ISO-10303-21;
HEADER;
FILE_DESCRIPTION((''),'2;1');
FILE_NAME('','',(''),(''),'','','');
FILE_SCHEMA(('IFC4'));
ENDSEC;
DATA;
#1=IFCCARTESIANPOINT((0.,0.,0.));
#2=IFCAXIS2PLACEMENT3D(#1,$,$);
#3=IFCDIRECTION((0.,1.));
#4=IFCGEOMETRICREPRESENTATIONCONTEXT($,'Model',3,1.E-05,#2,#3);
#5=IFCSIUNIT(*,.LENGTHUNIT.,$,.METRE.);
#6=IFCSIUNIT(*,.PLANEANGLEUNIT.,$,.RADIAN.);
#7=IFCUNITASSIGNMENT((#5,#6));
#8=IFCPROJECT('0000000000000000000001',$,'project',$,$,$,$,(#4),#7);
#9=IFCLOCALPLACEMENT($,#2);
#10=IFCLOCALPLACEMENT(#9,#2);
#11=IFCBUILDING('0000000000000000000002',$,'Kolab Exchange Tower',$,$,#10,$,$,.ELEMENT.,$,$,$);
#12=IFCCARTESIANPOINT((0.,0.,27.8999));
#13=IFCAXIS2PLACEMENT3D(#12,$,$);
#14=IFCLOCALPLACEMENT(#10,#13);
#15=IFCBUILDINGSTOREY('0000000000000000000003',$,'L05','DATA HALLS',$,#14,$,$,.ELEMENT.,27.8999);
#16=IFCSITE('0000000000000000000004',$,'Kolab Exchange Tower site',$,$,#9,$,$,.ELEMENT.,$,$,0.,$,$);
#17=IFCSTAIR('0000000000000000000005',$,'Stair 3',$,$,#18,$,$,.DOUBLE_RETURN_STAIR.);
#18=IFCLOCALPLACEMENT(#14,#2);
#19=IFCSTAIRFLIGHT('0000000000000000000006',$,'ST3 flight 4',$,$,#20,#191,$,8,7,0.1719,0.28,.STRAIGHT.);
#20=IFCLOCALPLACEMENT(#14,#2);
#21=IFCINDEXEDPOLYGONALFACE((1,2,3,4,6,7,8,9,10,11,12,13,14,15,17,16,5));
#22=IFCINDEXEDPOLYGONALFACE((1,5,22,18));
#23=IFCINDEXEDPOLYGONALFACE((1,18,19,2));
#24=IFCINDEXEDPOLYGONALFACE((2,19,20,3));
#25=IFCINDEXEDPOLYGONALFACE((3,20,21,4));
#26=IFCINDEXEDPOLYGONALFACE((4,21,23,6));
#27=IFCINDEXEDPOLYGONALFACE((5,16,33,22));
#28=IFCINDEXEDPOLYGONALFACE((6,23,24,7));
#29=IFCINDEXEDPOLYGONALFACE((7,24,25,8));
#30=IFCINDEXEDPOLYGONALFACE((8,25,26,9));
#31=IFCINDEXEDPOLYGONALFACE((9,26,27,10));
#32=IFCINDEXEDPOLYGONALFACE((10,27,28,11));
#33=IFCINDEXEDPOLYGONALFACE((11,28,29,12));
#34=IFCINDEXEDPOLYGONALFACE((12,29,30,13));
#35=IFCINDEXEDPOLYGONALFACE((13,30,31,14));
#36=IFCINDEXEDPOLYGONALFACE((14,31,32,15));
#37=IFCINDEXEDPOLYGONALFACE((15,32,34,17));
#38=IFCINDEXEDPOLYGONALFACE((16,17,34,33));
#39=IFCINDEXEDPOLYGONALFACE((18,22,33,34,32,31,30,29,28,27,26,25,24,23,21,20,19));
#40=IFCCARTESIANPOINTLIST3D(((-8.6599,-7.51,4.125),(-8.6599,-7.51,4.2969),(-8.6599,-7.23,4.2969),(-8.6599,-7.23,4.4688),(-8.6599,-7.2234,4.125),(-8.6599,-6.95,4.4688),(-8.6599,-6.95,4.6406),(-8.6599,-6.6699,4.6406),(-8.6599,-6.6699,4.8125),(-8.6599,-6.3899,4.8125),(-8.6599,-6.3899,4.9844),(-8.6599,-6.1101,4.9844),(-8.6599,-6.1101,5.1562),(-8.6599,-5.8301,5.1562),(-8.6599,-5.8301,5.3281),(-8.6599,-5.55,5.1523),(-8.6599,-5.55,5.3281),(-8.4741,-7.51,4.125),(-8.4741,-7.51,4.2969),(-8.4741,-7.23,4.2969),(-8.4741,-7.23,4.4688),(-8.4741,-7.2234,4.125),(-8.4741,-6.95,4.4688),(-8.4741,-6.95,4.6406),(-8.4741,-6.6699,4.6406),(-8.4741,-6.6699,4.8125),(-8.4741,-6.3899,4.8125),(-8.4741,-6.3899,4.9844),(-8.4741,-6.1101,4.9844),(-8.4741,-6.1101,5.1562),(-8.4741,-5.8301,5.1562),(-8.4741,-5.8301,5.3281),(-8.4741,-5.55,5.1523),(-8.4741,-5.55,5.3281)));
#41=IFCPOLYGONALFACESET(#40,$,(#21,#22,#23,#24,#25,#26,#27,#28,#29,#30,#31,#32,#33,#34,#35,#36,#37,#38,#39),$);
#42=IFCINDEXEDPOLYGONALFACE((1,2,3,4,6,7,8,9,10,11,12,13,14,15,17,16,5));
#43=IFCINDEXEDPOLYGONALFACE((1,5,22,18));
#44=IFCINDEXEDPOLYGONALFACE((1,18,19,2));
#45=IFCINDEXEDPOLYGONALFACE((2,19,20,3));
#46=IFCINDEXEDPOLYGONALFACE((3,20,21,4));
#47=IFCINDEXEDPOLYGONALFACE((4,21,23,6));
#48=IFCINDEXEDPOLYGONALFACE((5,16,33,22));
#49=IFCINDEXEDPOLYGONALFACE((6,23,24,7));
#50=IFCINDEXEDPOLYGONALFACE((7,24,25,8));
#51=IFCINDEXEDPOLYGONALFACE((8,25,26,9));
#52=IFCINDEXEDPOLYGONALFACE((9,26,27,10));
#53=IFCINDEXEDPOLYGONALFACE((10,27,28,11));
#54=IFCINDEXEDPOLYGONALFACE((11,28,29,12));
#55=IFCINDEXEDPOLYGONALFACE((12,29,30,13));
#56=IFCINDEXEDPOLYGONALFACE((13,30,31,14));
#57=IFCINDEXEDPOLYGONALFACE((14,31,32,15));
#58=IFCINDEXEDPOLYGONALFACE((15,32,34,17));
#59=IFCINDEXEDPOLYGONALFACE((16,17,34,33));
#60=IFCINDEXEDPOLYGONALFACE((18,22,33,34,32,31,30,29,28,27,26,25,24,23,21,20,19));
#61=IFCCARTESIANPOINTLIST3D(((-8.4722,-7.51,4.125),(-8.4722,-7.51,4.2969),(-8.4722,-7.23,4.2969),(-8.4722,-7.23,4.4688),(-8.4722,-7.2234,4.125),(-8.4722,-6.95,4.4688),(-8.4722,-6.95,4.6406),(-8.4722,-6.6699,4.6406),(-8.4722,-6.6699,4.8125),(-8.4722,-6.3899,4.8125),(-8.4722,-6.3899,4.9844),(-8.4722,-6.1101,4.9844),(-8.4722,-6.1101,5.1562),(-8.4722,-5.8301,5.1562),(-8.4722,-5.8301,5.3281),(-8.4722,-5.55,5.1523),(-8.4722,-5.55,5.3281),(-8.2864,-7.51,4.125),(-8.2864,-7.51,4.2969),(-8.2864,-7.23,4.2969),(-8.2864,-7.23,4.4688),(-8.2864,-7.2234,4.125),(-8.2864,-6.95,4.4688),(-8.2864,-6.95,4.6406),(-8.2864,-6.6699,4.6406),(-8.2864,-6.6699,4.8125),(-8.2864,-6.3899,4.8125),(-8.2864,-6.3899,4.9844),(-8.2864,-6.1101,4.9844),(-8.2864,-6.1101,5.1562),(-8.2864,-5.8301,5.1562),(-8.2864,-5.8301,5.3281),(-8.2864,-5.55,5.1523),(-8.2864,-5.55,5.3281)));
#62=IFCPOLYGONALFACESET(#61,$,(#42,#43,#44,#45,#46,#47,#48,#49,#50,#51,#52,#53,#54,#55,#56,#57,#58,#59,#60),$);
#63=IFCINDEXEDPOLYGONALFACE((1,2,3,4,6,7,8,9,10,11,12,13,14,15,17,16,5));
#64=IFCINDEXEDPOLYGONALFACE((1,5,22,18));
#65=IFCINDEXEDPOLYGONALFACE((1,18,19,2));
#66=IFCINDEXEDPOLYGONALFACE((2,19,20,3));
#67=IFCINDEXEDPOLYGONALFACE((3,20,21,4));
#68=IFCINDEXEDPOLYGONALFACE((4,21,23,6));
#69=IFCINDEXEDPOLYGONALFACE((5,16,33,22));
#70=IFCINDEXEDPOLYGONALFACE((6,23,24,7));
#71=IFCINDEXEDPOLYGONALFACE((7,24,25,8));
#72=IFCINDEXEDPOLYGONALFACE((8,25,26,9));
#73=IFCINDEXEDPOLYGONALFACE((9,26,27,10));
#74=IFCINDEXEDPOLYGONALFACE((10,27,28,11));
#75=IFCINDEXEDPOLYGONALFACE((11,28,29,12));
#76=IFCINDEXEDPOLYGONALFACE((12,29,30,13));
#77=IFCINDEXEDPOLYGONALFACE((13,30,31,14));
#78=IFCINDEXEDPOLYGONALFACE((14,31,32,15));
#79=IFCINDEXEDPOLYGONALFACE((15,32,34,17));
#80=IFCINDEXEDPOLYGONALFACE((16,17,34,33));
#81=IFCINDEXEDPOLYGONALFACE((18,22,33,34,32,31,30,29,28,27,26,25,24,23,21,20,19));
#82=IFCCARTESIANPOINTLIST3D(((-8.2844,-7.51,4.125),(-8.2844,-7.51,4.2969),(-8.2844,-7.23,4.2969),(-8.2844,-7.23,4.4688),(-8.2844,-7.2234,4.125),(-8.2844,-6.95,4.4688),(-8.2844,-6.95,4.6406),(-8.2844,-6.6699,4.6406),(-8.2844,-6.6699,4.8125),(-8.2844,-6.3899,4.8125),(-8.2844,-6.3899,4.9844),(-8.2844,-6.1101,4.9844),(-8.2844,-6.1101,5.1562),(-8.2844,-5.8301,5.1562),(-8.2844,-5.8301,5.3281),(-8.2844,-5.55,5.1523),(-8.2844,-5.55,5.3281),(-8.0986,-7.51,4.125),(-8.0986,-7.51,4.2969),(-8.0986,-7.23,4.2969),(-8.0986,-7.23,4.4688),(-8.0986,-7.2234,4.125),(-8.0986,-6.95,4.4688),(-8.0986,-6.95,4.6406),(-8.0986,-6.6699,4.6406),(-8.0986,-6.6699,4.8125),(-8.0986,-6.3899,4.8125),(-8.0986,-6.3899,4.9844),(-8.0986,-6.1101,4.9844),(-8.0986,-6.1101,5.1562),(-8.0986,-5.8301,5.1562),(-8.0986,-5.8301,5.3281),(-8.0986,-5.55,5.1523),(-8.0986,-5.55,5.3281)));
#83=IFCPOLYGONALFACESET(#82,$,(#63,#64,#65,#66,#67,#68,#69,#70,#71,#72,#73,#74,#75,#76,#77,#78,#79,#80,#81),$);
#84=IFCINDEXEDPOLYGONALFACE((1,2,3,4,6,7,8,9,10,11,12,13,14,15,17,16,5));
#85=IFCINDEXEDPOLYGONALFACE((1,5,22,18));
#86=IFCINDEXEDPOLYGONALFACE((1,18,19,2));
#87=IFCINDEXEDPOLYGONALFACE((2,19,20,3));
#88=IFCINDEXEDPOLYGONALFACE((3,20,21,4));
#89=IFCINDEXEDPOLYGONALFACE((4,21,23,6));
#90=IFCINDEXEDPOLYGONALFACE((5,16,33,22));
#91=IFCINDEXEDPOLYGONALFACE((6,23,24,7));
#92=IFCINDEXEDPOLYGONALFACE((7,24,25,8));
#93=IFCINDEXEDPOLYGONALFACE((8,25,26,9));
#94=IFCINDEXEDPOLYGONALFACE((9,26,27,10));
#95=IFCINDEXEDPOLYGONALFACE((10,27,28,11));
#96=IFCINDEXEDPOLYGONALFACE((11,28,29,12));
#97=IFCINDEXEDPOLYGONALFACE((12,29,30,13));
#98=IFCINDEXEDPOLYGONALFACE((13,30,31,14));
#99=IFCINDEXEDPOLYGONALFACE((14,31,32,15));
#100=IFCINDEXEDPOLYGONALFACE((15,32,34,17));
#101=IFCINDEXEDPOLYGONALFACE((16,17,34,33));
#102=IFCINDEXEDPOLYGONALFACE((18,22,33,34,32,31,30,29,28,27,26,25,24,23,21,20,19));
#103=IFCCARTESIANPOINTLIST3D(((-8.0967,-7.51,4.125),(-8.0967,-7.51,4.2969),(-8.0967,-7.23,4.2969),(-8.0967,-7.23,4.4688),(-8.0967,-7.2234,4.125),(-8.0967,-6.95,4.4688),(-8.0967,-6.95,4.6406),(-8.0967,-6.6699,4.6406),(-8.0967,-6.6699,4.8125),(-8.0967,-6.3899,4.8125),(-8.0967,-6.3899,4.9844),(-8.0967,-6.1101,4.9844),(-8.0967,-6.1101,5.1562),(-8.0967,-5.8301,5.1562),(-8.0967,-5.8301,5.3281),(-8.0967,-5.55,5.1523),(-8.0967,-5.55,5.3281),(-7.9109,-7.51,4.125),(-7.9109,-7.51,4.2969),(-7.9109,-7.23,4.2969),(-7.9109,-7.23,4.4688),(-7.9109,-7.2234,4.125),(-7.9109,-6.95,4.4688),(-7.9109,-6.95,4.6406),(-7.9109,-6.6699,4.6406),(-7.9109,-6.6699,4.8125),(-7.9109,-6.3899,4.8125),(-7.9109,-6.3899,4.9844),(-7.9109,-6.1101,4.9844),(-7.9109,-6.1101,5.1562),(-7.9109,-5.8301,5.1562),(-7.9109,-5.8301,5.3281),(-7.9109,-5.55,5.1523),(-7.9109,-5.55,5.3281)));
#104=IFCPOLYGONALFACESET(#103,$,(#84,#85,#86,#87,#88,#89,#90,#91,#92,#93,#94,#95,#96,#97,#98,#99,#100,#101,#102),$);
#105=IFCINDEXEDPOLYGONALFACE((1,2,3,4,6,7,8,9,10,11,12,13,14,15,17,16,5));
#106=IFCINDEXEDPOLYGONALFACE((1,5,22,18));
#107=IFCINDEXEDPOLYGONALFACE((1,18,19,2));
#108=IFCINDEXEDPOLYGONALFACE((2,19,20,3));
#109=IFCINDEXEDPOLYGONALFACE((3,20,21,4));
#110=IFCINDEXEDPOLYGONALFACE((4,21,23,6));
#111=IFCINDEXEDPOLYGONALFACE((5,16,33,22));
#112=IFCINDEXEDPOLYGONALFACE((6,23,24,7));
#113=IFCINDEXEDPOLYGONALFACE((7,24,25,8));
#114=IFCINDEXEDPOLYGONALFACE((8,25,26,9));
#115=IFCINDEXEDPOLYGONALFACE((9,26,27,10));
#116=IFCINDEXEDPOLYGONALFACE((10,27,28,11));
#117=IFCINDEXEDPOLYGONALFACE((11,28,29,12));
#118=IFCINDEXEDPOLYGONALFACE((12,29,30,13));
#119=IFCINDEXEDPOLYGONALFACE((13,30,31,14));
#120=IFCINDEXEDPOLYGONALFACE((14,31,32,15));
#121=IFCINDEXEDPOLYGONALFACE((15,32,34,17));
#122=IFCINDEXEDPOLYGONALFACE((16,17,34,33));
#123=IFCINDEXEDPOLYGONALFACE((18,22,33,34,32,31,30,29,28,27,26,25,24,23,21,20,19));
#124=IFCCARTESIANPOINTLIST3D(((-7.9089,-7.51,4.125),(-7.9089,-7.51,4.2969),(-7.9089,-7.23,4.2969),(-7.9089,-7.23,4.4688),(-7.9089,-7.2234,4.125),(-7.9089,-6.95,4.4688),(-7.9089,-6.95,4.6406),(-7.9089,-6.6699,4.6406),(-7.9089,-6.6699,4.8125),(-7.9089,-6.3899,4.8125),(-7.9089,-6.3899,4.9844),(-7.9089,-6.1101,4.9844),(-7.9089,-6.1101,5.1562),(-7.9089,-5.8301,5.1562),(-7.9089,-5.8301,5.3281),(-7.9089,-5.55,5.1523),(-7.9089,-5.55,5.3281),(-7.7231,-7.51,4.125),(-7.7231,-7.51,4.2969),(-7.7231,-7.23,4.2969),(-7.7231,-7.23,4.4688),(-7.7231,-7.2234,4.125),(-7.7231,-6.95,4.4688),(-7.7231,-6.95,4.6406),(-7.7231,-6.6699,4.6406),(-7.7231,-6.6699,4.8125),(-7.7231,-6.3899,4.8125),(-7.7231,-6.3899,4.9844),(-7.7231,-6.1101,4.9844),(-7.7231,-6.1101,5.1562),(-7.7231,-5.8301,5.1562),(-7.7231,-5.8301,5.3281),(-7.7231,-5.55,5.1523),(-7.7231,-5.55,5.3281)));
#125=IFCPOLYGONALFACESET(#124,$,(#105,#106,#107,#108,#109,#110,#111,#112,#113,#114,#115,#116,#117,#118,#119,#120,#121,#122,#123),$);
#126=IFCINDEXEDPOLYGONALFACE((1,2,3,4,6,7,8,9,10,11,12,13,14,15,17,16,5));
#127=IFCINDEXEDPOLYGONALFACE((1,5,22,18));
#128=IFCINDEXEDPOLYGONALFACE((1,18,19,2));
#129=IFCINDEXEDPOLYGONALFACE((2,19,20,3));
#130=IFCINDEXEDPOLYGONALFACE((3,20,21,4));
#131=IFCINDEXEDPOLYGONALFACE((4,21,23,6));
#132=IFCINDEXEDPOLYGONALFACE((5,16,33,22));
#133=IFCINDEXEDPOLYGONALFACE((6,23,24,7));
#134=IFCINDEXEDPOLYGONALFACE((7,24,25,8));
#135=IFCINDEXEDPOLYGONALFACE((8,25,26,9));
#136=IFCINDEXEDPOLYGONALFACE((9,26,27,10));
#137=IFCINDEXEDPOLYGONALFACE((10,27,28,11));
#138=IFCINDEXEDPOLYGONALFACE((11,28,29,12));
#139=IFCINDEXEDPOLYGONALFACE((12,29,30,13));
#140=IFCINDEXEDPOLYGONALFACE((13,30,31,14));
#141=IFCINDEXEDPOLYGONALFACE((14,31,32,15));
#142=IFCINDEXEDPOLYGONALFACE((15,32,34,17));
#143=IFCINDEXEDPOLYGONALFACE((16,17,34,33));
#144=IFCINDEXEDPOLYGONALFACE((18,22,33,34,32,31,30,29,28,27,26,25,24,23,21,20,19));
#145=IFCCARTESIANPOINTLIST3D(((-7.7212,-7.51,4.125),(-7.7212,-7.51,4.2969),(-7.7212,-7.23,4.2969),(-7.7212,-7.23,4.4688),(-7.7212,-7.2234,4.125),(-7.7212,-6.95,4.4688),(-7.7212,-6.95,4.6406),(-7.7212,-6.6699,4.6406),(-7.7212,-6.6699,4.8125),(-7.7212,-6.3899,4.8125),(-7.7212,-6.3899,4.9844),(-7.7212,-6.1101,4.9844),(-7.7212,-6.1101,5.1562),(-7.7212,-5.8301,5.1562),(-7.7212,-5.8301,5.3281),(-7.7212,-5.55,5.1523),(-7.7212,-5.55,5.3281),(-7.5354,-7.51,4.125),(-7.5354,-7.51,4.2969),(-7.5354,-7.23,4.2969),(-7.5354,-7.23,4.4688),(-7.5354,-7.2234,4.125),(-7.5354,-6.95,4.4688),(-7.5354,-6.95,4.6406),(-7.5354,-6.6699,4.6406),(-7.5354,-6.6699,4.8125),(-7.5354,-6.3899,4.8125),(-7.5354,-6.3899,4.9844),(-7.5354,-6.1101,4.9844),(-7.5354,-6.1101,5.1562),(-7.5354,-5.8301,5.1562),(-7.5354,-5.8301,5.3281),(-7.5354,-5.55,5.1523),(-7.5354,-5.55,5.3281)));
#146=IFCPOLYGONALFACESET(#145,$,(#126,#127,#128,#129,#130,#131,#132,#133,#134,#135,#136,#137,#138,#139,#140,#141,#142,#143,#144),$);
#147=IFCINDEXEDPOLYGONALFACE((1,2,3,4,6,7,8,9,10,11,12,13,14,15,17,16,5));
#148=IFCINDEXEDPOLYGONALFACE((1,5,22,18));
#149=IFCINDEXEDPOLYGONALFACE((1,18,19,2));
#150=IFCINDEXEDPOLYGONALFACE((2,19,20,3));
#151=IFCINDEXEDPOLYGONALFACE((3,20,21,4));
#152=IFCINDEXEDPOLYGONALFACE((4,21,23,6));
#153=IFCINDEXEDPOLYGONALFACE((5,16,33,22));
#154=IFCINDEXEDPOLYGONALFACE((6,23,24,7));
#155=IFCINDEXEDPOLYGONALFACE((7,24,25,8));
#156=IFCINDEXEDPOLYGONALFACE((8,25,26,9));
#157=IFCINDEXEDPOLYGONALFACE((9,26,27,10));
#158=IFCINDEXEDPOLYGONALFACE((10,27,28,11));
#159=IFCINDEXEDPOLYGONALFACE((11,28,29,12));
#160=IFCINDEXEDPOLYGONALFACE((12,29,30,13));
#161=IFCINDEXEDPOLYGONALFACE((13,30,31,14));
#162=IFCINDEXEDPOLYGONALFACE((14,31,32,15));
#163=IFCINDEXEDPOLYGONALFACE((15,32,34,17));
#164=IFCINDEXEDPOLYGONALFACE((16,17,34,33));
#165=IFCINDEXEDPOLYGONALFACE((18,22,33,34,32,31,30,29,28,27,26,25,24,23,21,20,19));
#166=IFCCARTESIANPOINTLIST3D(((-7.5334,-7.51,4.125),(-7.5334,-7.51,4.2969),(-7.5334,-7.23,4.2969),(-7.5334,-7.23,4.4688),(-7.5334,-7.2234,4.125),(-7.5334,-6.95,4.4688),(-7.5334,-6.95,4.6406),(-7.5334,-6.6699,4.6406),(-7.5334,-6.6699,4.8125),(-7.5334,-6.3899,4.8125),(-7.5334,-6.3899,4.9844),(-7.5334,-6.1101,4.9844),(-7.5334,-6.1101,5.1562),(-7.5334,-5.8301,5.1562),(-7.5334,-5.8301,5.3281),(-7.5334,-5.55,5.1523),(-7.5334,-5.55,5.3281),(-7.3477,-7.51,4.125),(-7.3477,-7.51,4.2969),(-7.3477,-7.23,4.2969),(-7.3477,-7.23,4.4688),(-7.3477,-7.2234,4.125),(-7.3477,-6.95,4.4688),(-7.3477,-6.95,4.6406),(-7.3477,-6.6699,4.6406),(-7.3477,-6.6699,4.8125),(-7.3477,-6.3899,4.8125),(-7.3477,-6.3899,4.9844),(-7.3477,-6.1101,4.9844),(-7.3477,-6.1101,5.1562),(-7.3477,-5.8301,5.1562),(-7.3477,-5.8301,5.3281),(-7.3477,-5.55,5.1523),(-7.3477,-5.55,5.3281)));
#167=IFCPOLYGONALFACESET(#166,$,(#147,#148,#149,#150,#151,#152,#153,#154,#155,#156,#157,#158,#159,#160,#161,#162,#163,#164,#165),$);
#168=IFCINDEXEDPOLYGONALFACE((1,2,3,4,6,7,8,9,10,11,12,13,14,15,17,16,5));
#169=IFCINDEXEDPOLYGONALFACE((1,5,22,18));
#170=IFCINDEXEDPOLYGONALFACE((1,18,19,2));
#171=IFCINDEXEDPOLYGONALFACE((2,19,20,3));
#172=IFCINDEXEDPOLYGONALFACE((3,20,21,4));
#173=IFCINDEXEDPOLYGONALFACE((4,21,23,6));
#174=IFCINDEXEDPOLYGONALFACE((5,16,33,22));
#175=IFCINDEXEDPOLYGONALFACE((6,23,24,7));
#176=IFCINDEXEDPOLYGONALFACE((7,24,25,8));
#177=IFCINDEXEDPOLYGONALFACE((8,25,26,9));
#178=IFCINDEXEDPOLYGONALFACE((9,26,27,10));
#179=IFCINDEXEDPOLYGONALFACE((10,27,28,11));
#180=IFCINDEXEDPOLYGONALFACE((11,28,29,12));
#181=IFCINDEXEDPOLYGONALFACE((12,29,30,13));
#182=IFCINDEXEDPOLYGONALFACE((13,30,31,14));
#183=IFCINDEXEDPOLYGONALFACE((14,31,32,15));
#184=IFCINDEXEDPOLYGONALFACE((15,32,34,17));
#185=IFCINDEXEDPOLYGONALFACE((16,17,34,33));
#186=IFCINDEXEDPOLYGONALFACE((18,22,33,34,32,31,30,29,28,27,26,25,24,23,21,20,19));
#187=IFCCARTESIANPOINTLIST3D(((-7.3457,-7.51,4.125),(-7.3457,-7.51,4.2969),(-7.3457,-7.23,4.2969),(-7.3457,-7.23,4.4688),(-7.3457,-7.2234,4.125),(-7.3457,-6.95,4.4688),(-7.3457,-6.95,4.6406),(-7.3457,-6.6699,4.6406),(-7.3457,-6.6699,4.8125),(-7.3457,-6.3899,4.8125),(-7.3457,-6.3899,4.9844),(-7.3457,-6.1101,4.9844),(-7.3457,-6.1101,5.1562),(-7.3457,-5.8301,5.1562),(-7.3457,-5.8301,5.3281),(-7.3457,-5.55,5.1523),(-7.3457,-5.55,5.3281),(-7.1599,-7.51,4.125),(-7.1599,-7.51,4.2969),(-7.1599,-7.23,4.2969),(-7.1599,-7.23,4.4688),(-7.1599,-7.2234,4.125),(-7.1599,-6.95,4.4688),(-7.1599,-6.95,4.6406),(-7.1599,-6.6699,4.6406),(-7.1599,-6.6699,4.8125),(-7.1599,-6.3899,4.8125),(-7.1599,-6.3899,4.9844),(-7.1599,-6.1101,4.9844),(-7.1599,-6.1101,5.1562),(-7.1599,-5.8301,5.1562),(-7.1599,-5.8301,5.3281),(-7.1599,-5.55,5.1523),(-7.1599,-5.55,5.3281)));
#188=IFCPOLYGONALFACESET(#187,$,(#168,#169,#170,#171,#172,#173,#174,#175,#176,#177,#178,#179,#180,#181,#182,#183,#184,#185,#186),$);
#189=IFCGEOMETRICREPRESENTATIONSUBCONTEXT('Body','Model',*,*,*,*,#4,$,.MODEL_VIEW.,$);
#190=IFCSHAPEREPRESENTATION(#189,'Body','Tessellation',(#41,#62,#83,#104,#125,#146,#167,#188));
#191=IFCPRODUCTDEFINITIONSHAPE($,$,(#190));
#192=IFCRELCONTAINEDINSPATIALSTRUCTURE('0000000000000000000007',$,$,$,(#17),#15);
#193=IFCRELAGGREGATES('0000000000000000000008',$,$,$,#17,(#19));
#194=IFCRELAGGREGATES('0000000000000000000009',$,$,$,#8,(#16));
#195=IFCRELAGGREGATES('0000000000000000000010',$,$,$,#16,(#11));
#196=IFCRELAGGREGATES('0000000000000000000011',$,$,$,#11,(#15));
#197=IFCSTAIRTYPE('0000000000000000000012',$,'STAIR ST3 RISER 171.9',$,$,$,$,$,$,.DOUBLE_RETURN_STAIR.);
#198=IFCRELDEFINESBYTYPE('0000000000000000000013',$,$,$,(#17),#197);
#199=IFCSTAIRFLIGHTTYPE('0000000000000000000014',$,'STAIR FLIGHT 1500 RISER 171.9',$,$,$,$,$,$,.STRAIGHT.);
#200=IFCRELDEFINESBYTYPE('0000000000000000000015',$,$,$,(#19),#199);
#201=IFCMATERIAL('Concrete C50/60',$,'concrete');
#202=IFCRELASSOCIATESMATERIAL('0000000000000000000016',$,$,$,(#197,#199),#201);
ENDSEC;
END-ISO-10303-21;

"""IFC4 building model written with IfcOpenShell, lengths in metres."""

from ifc_helpers import new_model, si_unit, direction, frame, origin, place, context, subcontext, project, spatial, polyline, outline, extrude, material, type_object, element, aggregate, save


model = new_model("IFC4")

# Units and contexts
model_context = context("Model", 3, precision=1e-05, world=origin(), true_north=direction((0.0, 1.0)))
body_context = subcontext(model_context, "Body", "Model", "MODEL_VIEW")
ifc_project = project(units=[si_unit("LENGTHUNIT", "METRE"), si_unit("PLANEANGLEUNIT", "RADIAN")], contexts=[model_context])

# Site, building, storey
site_placement = place(None, origin())
site = spatial("IfcSite", under=ifc_project, at=site_placement, Name="Kolab Exchange Tower site", CompositionType="ELEMENT", RefElevation=0.0)
building_placement = place(site_placement, origin())
building = spatial("IfcBuilding", under=site, at=building_placement, Name="Kolab Exchange Tower", CompositionType="ELEMENT")
storey_placement = place(building_placement, frame((0.0, 0.0, 27.8999)))
storey = spatial("IfcBuildingStorey", under=building, at=storey_placement, Name="L05", Description="DATA HALLS", CompositionType="ELEMENT", Elevation=27.8999)

# Shared definitions
ifc_material_1 = material(Name="Concrete C50/60", Category="concrete")

# Stair, stair flight
stair_type = type_object("IfcStairType", Name="STAIR ST3 RISER 171.9", PredefinedType="DOUBLE_RETURN_STAIR", material=ifc_material_1)
stair_placement = place(storey_placement, origin())
stair = element("IfcStair", 1, at=stair_placement, inside=storey, type_object=stair_type, Name="Stair 3", PredefinedType="DOUBLE_RETURN_STAIR")
stair_flight_type = type_object("IfcStairFlightType", Name="STAIR FLIGHT 1500 RISER 171.9", PredefinedType="STRAIGHT", material=ifc_material_1)
stair_flight_1_placement = place(storey_placement, frame((-7.9099, -7.51, 4.125), z_axis=(0.0, 0.0, 1.0), x_axis=(0.0, 1.0, 0.0)))
stair_flight_1 = element("IfcStairFlight", 2, at=stair_flight_1_placement, type_object=stair_flight_type, Name="ST3 flight 4", NumberOfRisers=8, NumberOfTreads=7, PredefinedType="STRAIGHT", RiserHeight=0.1719, TreadLength=0.28, context=body_context, shape_type="SweptSolid", body=[
    extrude(outline(polyline([(0.0, 0.0), (0.0, 0.1719), (0.28, 0.1719), (0.28, 0.3438), (0.5601, 0.3438), (0.5601, 0.5156), (0.8401, 0.5156), (0.8401, 0.6875), (1.1201, 0.6875), (1.1201, 0.8594), (1.3999, 0.8594), (1.3999, 1.0312), (1.6799, 1.0312), (1.6799, 1.2031), (1.96, 1.2031), (1.96, 1.375), (1.96, 1.0273), (0.2866, 0.0), (0.0, 0.0)])), frame((0.0, 0.75, 0.0), z_axis=(0.0, -1.0, 0.0), x_axis=(1.0, 0.0, 0.0)), (0.0, 0.0, 1.0), 0.1858),
    extrude(outline(polyline([(0.0, 0.0), (0.0, 0.1719), (0.28, 0.1719), (0.28, 0.3438), (0.5601, 0.3438), (0.5601, 0.5156), (0.8401, 0.5156), (0.8401, 0.6875), (1.1201, 0.6875), (1.1201, 0.8594), (1.3999, 0.8594), (1.3999, 1.0312), (1.6799, 1.0312), (1.6799, 1.2031), (1.96, 1.2031), (1.96, 1.375), (1.96, 1.0273), (0.2866, 0.0), (0.0, 0.0)])), frame((0.0, 0.5623, 0.0), z_axis=(0.0, -1.0, 0.0), x_axis=(1.0, 0.0, 0.0)), (0.0, 0.0, 1.0), 0.1858),
    extrude(outline(polyline([(0.0, 0.0), (0.0, 0.1719), (0.28, 0.1719), (0.28, 0.3438), (0.5601, 0.3438), (0.5601, 0.5156), (0.8401, 0.5156), (0.8401, 0.6875), (1.1201, 0.6875), (1.1201, 0.8594), (1.3999, 0.8594), (1.3999, 1.0312), (1.6799, 1.0312), (1.6799, 1.2031), (1.96, 1.2031), (1.96, 1.375), (1.96, 1.0273), (0.2866, 0.0), (0.0, 0.0)])), frame((0.0, 0.3745, 0.0), z_axis=(0.0, -1.0, 0.0), x_axis=(1.0, 0.0, 0.0)), (0.0, 0.0, 1.0), 0.1858),
    extrude(outline(polyline([(0.0, 0.0), (0.0, 0.1719), (0.28, 0.1719), (0.28, 0.3438), (0.5601, 0.3438), (0.5601, 0.5156), (0.8401, 0.5156), (0.8401, 0.6875), (1.1201, 0.6875), (1.1201, 0.8594), (1.3999, 0.8594), (1.3999, 1.0312), (1.6799, 1.0312), (1.6799, 1.2031), (1.96, 1.2031), (1.96, 1.375), (1.96, 1.0273), (0.2866, 0.0), (0.0, 0.0)])), frame((0.0, 0.1868, 0.0), z_axis=(0.0, -1.0, 0.0), x_axis=(1.0, 0.0, 0.0)), (0.0, 0.0, 1.0), 0.1858),
    extrude(outline(polyline([(0.0, 0.0), (0.0, 0.1719), (0.28, 0.1719), (0.28, 0.3438), (0.5601, 0.3438), (0.5601, 0.5156), (0.8401, 0.5156), (0.8401, 0.6875), (1.1201, 0.6875), (1.1201, 0.8594), (1.3999, 0.8594), (1.3999, 1.0312), (1.6799, 1.0312), (1.6799, 1.2031), (1.96, 1.2031), (1.96, 1.375), (1.96, 1.0273), (0.2866, 0.0), (0.0, 0.0)])), frame((0.0, -0.001, 0.0), z_axis=(0.0, -1.0, 0.0), x_axis=(1.0, 0.0, 0.0)), (0.0, 0.0, 1.0), 0.1858),
    extrude(outline(polyline([(0.0, 0.0), (0.0, 0.1719), (0.28, 0.1719), (0.28, 0.3438), (0.5601, 0.3438), (0.5601, 0.5156), (0.8401, 0.5156), (0.8401, 0.6875), (1.1201, 0.6875), (1.1201, 0.8594), (1.3999, 0.8594), (1.3999, 1.0312), (1.6799, 1.0312), (1.6799, 1.2031), (1.96, 1.2031), (1.96, 1.375), (1.96, 1.0273), (0.2866, 0.0), (0.0, 0.0)])), frame((0.0, -0.1887, 0.0), z_axis=(0.0, -1.0, 0.0), x_axis=(1.0, 0.0, 0.0)), (0.0, 0.0, 1.0), 0.1858),
    extrude(outline(polyline([(0.0, 0.0), (0.0, 0.1719), (0.28, 0.1719), (0.28, 0.3438), (0.5601, 0.3438), (0.5601, 0.5156), (0.8401, 0.5156), (0.8401, 0.6875), (1.1201, 0.6875), (1.1201, 0.8594), (1.3999, 0.8594), (1.3999, 1.0312), (1.6799, 1.0312), (1.6799, 1.2031), (1.96, 1.2031), (1.96, 1.375), (1.96, 1.0273), (0.2866, 0.0), (0.0, 0.0)])), frame((0.0, -0.3765, 0.0), z_axis=(0.0, -1.0, 0.0), x_axis=(1.0, 0.0, 0.0)), (0.0, 0.0, 1.0), 0.1858),
    extrude(outline(polyline([(0.0, 0.0), (0.0, 0.1719), (0.28, 0.1719), (0.28, 0.3438), (0.5601, 0.3438), (0.5601, 0.5156), (0.8401, 0.5156), (0.8401, 0.6875), (1.1201, 0.6875), (1.1201, 0.8594), (1.3999, 0.8594), (1.3999, 1.0312), (1.6799, 1.0312), (1.6799, 1.2031), (1.96, 1.2031), (1.96, 1.375), (1.96, 1.0273), (0.2866, 0.0), (0.0, 0.0)])), frame((0.0, -0.5642, 0.0), z_axis=(0.0, -1.0, 0.0), x_axis=(1.0, 0.0, 0.0)), (0.0, 0.0, 1.0), 0.1858),
])
aggregate(stair, [stair_flight_1])

save(model, "model.ifc")
